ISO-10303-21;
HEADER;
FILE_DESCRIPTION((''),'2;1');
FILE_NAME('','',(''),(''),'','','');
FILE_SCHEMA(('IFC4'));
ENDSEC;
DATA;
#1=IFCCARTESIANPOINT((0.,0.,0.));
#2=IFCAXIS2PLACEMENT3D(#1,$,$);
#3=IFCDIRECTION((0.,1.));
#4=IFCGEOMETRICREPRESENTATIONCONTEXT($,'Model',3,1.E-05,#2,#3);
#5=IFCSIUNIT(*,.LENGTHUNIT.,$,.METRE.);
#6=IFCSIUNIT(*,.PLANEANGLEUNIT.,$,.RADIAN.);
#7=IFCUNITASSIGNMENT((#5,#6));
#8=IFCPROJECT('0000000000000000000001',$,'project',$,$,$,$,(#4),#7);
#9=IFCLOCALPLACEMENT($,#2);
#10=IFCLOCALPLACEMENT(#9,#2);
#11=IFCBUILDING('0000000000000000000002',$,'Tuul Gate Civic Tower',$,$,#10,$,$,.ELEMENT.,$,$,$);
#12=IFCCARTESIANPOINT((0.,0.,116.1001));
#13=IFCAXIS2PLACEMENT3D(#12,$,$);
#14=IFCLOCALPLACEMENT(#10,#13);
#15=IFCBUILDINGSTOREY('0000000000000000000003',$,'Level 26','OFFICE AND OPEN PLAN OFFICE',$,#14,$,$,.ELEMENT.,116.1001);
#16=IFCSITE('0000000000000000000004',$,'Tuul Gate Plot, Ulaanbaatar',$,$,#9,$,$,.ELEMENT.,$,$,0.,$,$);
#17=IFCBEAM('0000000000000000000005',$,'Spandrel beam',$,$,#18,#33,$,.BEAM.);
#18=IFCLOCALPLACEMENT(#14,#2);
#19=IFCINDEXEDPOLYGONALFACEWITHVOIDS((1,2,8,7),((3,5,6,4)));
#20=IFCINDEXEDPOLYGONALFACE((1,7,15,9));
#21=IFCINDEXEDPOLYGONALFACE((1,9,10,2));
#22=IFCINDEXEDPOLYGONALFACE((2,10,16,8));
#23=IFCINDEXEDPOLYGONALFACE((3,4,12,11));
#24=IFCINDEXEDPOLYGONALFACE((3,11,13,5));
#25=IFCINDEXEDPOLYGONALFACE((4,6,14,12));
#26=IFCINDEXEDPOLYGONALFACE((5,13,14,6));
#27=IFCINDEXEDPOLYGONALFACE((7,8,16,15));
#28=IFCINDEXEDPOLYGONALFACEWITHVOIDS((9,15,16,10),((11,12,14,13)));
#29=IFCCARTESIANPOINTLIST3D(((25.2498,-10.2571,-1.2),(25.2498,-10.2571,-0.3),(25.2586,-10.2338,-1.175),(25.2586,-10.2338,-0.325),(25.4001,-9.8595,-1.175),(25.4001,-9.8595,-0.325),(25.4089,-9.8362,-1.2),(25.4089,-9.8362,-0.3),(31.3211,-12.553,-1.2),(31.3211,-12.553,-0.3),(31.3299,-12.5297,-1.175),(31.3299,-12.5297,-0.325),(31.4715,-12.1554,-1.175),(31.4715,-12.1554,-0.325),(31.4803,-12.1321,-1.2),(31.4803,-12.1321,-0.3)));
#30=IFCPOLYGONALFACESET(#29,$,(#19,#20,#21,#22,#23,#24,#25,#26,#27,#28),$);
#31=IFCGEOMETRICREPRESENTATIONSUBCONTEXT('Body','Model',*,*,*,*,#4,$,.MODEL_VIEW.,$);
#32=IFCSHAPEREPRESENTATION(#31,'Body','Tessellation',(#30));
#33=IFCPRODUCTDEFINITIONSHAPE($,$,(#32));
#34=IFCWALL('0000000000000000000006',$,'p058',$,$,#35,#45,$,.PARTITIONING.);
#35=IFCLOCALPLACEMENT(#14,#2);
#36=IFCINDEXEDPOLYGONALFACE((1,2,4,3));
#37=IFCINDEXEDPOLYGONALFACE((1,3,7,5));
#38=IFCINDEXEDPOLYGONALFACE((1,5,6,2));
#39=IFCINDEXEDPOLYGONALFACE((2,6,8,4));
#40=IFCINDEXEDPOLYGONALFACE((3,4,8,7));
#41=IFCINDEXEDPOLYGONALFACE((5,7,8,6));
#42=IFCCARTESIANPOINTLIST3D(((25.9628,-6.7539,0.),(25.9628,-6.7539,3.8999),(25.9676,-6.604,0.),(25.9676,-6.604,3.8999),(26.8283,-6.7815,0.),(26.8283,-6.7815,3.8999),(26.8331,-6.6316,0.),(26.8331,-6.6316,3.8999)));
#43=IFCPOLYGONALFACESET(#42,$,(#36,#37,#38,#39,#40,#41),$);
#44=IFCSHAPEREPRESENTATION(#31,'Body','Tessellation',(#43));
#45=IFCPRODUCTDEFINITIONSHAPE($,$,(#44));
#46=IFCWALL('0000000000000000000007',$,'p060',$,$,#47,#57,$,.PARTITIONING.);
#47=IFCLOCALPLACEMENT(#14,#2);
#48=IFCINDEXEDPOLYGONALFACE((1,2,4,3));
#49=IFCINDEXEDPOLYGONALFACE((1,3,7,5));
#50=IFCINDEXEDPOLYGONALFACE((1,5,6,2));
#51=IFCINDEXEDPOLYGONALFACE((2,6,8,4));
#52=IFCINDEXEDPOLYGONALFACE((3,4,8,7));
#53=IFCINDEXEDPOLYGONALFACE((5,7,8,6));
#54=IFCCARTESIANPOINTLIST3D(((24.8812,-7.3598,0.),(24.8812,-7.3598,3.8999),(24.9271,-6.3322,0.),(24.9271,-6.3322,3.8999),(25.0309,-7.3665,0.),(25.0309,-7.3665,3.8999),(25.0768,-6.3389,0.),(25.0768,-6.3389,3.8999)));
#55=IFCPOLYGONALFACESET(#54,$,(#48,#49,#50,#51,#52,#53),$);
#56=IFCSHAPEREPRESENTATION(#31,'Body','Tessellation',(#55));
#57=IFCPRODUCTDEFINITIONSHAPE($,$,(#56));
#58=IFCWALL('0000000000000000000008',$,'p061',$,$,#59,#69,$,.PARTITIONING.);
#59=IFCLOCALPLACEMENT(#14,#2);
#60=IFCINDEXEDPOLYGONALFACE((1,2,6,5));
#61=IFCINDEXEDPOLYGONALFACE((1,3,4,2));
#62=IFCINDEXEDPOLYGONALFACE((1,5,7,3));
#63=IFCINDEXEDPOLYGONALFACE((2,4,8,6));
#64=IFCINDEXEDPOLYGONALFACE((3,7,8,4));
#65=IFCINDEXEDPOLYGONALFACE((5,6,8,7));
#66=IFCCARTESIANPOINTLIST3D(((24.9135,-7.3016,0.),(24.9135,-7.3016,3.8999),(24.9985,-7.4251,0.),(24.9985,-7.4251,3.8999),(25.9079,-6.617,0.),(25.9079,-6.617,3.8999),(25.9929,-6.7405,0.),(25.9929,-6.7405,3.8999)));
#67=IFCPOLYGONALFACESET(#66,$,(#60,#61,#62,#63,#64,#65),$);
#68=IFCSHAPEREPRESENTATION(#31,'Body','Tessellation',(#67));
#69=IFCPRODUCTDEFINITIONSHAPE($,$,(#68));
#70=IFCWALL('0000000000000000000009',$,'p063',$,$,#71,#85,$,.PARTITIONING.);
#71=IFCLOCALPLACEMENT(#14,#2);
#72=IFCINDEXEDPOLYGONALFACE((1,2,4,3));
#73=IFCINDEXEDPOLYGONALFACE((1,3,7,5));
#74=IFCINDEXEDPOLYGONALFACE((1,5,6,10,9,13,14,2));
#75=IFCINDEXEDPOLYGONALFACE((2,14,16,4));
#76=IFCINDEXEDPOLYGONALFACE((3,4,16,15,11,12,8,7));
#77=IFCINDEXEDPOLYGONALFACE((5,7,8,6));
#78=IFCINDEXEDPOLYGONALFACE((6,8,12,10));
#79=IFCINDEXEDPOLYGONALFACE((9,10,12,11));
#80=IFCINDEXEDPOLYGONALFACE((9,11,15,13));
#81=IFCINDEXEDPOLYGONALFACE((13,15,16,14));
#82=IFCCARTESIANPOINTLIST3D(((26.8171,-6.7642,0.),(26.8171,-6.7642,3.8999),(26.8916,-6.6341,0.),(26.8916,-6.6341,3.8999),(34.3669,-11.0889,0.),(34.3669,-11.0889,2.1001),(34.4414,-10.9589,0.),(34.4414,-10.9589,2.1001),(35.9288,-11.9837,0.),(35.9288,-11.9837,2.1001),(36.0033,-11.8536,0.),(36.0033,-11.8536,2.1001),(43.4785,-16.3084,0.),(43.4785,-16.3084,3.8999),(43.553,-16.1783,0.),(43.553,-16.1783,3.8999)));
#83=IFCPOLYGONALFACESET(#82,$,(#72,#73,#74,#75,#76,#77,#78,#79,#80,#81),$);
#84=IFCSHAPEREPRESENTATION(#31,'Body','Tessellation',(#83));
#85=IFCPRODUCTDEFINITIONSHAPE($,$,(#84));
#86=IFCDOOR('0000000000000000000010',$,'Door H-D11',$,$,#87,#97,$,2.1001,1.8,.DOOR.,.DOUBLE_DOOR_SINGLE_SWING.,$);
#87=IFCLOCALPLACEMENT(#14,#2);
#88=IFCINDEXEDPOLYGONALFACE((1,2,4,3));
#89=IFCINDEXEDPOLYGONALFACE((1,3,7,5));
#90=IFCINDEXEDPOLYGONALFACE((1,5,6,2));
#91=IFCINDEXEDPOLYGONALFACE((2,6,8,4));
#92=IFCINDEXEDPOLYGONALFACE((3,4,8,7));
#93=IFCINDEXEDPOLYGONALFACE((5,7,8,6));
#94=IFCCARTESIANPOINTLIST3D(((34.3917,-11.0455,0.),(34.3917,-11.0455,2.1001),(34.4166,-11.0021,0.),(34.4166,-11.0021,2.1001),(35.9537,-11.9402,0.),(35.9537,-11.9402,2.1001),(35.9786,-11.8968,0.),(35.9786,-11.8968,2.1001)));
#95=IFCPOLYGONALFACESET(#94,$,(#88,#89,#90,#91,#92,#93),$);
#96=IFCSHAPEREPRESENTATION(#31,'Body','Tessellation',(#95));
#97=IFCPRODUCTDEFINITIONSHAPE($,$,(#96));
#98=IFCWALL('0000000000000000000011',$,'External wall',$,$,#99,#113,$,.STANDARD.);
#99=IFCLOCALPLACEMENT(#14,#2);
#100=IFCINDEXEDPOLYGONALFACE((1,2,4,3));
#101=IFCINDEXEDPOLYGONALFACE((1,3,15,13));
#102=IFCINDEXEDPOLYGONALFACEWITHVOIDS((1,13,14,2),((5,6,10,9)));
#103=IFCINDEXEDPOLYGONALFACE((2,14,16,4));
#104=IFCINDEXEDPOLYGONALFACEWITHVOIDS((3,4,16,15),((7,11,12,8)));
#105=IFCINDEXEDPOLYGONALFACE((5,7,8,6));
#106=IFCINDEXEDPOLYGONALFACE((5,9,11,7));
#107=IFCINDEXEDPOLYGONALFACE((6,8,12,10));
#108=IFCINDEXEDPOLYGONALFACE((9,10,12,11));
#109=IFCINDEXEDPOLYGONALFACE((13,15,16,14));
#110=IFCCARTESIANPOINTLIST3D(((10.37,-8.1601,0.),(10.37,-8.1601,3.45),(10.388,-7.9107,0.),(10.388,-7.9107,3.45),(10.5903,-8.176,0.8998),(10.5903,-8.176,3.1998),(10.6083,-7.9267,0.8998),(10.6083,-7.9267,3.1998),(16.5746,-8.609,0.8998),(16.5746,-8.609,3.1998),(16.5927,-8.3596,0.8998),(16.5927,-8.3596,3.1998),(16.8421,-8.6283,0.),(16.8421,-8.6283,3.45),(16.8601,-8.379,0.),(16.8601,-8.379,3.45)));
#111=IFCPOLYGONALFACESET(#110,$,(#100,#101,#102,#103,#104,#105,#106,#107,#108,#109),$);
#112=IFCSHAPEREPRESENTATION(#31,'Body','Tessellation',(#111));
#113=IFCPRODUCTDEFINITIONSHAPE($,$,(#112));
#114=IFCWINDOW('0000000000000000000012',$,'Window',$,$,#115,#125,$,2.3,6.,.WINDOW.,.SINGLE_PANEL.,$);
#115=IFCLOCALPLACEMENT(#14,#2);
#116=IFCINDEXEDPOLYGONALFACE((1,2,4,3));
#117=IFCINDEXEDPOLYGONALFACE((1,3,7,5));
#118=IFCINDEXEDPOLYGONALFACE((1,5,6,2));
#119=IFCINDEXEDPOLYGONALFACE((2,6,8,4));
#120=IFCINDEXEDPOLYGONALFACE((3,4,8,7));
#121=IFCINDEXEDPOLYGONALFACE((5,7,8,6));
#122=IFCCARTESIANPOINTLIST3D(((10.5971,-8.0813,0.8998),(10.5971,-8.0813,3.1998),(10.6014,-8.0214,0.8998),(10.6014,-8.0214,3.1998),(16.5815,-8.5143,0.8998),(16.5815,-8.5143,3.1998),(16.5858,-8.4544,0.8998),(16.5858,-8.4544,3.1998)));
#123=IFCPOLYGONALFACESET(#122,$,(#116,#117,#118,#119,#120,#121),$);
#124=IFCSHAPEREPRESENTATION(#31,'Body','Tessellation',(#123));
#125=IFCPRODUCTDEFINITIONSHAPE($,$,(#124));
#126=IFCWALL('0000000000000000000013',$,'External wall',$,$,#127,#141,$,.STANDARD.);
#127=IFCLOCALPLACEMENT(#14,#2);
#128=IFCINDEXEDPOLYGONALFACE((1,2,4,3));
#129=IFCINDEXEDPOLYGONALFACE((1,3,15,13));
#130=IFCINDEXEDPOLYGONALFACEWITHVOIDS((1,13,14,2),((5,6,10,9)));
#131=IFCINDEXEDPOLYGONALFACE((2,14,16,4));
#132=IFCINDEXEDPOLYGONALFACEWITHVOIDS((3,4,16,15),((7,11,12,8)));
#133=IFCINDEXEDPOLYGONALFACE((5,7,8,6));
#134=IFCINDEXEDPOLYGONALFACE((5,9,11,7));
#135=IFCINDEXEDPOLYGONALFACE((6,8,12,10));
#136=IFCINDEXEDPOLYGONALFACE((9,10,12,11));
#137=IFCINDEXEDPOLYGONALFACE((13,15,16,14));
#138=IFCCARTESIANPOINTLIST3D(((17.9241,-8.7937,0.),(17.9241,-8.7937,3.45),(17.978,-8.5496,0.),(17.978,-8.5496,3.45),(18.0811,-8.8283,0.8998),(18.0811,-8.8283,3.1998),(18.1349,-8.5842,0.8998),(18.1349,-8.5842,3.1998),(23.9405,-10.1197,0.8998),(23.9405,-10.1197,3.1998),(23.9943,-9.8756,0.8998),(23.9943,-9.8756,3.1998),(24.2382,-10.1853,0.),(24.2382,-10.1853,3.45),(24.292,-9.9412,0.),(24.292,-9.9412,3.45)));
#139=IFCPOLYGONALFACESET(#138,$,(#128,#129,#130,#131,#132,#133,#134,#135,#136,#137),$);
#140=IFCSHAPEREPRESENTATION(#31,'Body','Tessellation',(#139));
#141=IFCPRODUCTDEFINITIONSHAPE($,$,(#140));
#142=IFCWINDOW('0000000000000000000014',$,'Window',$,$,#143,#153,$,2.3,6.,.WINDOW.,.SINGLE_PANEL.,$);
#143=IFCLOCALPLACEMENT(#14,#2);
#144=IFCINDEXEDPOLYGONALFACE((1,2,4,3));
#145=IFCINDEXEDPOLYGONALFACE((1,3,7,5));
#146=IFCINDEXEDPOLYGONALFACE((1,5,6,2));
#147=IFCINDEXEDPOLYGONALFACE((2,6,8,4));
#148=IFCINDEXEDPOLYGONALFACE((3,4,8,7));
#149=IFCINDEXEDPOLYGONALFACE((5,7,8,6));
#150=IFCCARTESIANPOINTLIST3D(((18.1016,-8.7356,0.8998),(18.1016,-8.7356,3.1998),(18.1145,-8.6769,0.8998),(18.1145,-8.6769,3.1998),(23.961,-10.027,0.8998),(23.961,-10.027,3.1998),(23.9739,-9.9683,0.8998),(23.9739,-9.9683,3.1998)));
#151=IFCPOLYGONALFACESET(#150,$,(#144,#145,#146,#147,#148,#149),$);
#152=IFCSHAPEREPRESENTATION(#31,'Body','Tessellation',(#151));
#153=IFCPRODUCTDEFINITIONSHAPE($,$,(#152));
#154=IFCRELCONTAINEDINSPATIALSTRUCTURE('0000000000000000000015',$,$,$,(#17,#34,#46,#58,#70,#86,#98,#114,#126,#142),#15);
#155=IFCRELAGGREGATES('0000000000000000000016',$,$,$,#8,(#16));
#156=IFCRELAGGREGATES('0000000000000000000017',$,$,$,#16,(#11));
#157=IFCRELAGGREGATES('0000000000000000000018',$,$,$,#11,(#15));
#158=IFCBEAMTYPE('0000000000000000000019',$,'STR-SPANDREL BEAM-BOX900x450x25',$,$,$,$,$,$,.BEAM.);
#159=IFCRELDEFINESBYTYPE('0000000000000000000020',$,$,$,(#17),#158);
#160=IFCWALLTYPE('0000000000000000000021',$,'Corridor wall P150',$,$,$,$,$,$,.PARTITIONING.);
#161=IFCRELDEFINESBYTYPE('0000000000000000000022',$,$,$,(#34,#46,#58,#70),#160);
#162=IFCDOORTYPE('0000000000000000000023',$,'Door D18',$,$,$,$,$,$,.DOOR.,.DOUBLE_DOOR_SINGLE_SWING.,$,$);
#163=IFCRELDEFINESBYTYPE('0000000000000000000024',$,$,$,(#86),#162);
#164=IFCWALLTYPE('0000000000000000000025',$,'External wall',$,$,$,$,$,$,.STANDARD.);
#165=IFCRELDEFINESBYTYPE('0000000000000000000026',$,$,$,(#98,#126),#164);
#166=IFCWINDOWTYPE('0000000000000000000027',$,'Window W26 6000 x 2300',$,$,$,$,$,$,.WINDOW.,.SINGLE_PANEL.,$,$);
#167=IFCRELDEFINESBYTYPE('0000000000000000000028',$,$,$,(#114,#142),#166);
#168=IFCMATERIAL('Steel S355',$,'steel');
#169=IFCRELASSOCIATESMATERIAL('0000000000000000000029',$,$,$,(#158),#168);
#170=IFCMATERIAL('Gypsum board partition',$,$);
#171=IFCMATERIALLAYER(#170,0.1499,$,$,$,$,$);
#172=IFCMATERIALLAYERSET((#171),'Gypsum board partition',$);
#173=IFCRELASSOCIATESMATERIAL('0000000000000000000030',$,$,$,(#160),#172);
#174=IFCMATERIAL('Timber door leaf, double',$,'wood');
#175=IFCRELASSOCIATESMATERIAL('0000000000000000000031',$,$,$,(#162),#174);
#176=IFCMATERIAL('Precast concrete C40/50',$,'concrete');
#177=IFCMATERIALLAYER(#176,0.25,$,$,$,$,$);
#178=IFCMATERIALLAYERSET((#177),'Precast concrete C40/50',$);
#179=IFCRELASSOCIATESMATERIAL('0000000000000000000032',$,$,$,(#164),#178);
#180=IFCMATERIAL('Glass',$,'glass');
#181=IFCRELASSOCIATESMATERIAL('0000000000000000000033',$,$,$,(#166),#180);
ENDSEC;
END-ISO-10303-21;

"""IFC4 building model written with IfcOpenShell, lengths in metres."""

from ifc_helpers import new_model, si_unit, direction, frame, frame_2d, origin, origin_2d, place, context, subcontext, project, spatial, rectangle, hollow_rectangle, extrude, material, layer, layer_set, material_profile, profile_set, type_object, element, fill, save


model = new_model("IFC4")

# Units and contexts
model_context = context("Model", 3, precision=1e-05, world=origin(), true_north=direction((0.0, 1.0)))
body_context = subcontext(model_context, "Body", "Model", "MODEL_VIEW")
ifc_project = project(units=[si_unit("LENGTHUNIT", "METRE"), si_unit("PLANEANGLEUNIT", "RADIAN")], contexts=[model_context])

# Site, building, storey
site_placement = place(None, origin())
site = spatial("IfcSite", under=ifc_project, at=site_placement, Name="Tuul Gate Plot, Ulaanbaatar", CompositionType="ELEMENT", RefElevation=0.0)
building_placement = place(site_placement, origin())
building = spatial("IfcBuilding", under=site, at=building_placement, Name="Tuul Gate Civic Tower", CompositionType="ELEMENT")
storey_placement = place(building_placement, frame((0.0, 0.0, 116.1001)))
storey = spatial("IfcBuildingStorey", under=building, at=storey_placement, Name="Level 26", Description="OFFICE AND OPEN PLAN OFFICE", CompositionType="ELEMENT", Elevation=116.1001)

# Beam
ifc_material_1 = material(Name="Steel S355", Category="steel")
ifc_material_profile_1 = material_profile(ifc_material_1, hollow_rectangle(XDim=0.45, YDim=0.8999, WallThickness=0.0249, at=origin_2d()), Name="BOX900x450x25")
ifc_profile_set_1 = profile_set([ifc_material_profile_1], Name="Steel S355")
beam_type_1 = type_object("IfcBeamType", Name="STR-SPANDREL BEAM-BOX900x450x25", PredefinedType="BEAM", material=ifc_profile_set_1)
beam_1_placement = place(storey_placement, frame((25.3293, -10.0466, -0.75), z_axis=(0.935355, -0.353711, 0.0), x_axis=(0.353711, 0.935355, 0.0)))
element("IfcBeam", 1, at=beam_1_placement, inside=storey, type_object=beam_type_1, Name="Spandrel beam", PredefinedType="BEAM", context=body_context, shape_type="SweptSolid", body=[
    extrude(hollow_rectangle(XDim=0.45, YDim=0.8999, WallThickness=0.0249, at=origin_2d()), origin(), (0.0, 0.0, 1.0), 6.491),
])

# Walls
ifc_material_2 = material(Name="Gypsum board partition")
ifc_layer_1 = layer(ifc_material_2, 0.1499)
ifc_layer_set_1 = layer_set([ifc_layer_1], Name="Gypsum board partition")
wall_type_1 = type_object("IfcWallType", Name="Corridor wall P150", PredefinedType="PARTITIONING", material=ifc_layer_set_1)
wall_1_placement = place(storey_placement, frame((25.9651, -6.679, 0.0), z_axis=(0.0, 0.0, 1.0), x_axis=(0.999492, -0.03186, 0.0)))
element("IfcWall", 2, at=wall_1_placement, inside=storey, type_object=wall_type_1, Name="p058", PredefinedType="PARTITIONING", context=body_context, shape_type="SweptSolid", body=[
    extrude(rectangle(XDim=0.866, YDim=0.1499, at=frame_2d((0.4331, 0.0))), origin(), (0.0, 0.0, 1.0), 3.8999),
])
wall_2_placement = place(storey_placement, frame((25.002, -6.3357, 0.0), z_axis=(0.0, 0.0, 1.0), x_axis=(-0.044622, -0.999004, 0.0)))
element("IfcWall", 3, at=wall_2_placement, inside=storey, type_object=wall_type_1, Name="p060", PredefinedType="PARTITIONING", context=body_context, shape_type="SweptSolid", body=[
    extrude(rectangle(XDim=1.0286, YDim=0.1499, at=frame_2d((0.5142, 0.0))), origin(), (0.0, 0.0, 1.0), 3.8999),
])
wall_3_placement = place(storey_placement, frame((24.9561, -7.3633, 0.0), z_axis=(0.0, 0.0, 1.0), x_axis=(0.823682, 0.567052, 0.0)))
element("IfcWall", 4, at=wall_3_placement, inside=storey, type_object=wall_type_1, Name="p061", PredefinedType="PARTITIONING", context=body_context, shape_type="SweptSolid", body=[
    extrude(rectangle(XDim=1.2073, YDim=0.1499, at=frame_2d((0.6035, 0.0))), origin(), (0.0, 0.0, 1.0), 3.8999),
])

# Wall, opening, door
wall_4_placement = place(storey_placement, frame((26.8545, -6.6992, 0.0), z_axis=(0.0, 0.0, 1.0), x_axis=(0.867718, -0.497057, 0.0)))
wall_4 = element("IfcWall", 5, at=wall_4_placement, inside=storey, type_object=wall_type_1, Name="p063", PredefinedType="PARTITIONING", context=body_context, shape_type="SweptSolid", body=[
    extrude(rectangle(XDim=19.2014, YDim=0.1499, at=frame_2d((9.6006, 0.0))), origin(), (0.0, 0.0, 1.0), 3.8999),
])
opening_1_placement = place(wall_4_placement, frame((8.7007, 0.0, 0.0)))
opening_1 = element("IfcOpeningElement", 6, at=opening_1_placement, cuts=wall_4, PredefinedType="OPENING", context=body_context, shape_type="SweptSolid", body=[
    extrude(rectangle(XDim=1.8, YDim=2.1001, at=frame_2d((0.8999, 1.05))), frame((0.0, 0.085, 0.0), z_axis=(0.0, -1.0, 0.0), x_axis=(1.0, 0.0, 0.0)), (0.0, 0.0, 1.0), 0.1699),
])
ifc_material_3 = material(Name="Timber door leaf, double", Category="wood")
door_type = type_object("IfcDoorType", Name="Door D18", OperationType="DOUBLE_DOOR_SINGLE_SWING", PredefinedType="DOOR", material=ifc_material_3)
door_placement = place(opening_1_placement, frame((1.8, 0.0, 0.0), z_axis=(0.0, 0.0, 1.0), x_axis=(-1.0, 0.0, 0.0)))
door = element("IfcDoor", 7, at=door_placement, inside=storey, type_object=door_type, Name="Door H-D11", OperationType="DOUBLE_DOOR_SINGLE_SWING", OverallHeight=2.1001, OverallWidth=1.8, PredefinedType="DOOR", context=body_context, shape_type="SweptSolid", body=[
    extrude(rectangle(XDim=1.8, YDim=2.1001, at=frame_2d((0.9001, 1.05))), frame((0.0, 0.0249, 0.0), z_axis=(0.0, -1.0, 0.0), x_axis=(1.0, 0.0, 0.0)), (0.0, 0.0, 1.0), 0.05),
])
fill(opening_1, door)

# Walls, openings, windows
ifc_material_4 = material(Name="Precast concrete C40/50", Category="concrete")
ifc_layer_2 = layer(ifc_material_4, 0.25)
ifc_layer_set_2 = layer_set([ifc_layer_2], Name="Precast concrete C40/50")
wall_type_2 = type_object("IfcWallType", Name="External wall", PredefinedType="STANDARD", material=ifc_layer_set_2)
wall_5_placement = place(storey_placement, frame((10.3789, -8.0354, 0.0), z_axis=(0.0, 0.0, 1.0), x_axis=(0.997393, -0.072161, 0.0)))
wall_5 = element("IfcWall", 8, at=wall_5_placement, inside=storey, type_object=wall_type_2, Name="External wall", PredefinedType="STANDARD", context=body_context, shape_type="SweptSolid", body=[
    extrude(rectangle(XDim=6.489, YDim=0.25, at=frame_2d((3.2446, 0.0))), origin(), (0.0, 0.0, 1.0), 3.45),
])
opening_2_placement = place(wall_5_placement, frame((0.2209, 0.0, 0.8999)))
opening_2 = element("IfcOpeningElement", 9, at=opening_2_placement, cuts=wall_5, PredefinedType="OPENING", context=body_context, shape_type="SweptSolid", body=[
    extrude(rectangle(XDim=6.0, YDim=2.3, at=frame_2d((3.0, 1.1499))), frame((0.0, 0.135, 0.0), z_axis=(0.0, -1.0, 0.0), x_axis=(1.0, 0.0, 0.0)), (0.0, 0.0, 1.0), 0.27),
])
ifc_material_5 = material(Name="Glass", Category="glass")
window_type = type_object("IfcWindowType", Name="Window W26 6000 x 2300", PartitioningType="SINGLE_PANEL", PredefinedType="WINDOW", material=ifc_material_5)
window_1_placement = place(opening_2_placement, origin())
window_1 = element("IfcWindow", 10, at=window_1_placement, inside=storey, type_object=window_type, Name="Window", OverallHeight=2.3, OverallWidth=6.0, PartitioningType="SINGLE_PANEL", PredefinedType="WINDOW", context=body_context, shape_type="SweptSolid", body=[
    extrude(rectangle(XDim=6.0, YDim=2.3, at=frame_2d((3.0, 1.1499))), frame((0.0, 0.03, 0.0), z_axis=(0.0, -1.0, 0.0), x_axis=(1.0, 0.0, 0.0)), (0.0, 0.0, 1.0), 0.0601),
])
fill(opening_2, window_1)
wall_6_placement = place(storey_placement, frame((17.9509, -8.6716, 0.0), z_axis=(0.0, 0.0, 1.0), x_axis=(0.976562, -0.215235, 0.0)))
wall_6 = element("IfcWall", 11, at=wall_6_placement, inside=storey, type_object=wall_type_2, Name="External wall", PredefinedType="STANDARD", context=body_context, shape_type="SweptSolid", body=[
    extrude(rectangle(XDim=6.4656, YDim=0.25, at=frame_2d((3.2329, 0.0))), origin(), (0.0, 0.0, 1.0), 3.45),
])
opening_3_placement = place(wall_6_placement, frame((0.1609, 0.0, 0.8999)))
opening_3 = element("IfcOpeningElement", 12, at=opening_3_placement, cuts=wall_6, PredefinedType="OPENING", context=body_context, shape_type="SweptSolid", body=[
    extrude(rectangle(XDim=6.0, YDim=2.3, at=frame_2d((3.0, 1.1499))), frame((0.0, 0.135, 0.0), z_axis=(0.0, -1.0, 0.0), x_axis=(1.0, 0.0, 0.0)), (0.0, 0.0, 1.0), 0.27),
])
window_2_placement = place(opening_3_placement, origin())
window_2 = element("IfcWindow", 13, at=window_2_placement, inside=storey, type_object=window_type, Name="Window", OverallHeight=2.3, OverallWidth=6.0, PartitioningType="SINGLE_PANEL", PredefinedType="WINDOW", context=body_context, shape_type="SweptSolid", body=[
    extrude(rectangle(XDim=6.0, YDim=2.3, at=frame_2d((3.0, 1.1499))), frame((0.0, 0.03, 0.0), z_axis=(0.0, -1.0, 0.0), x_axis=(1.0, 0.0, 0.0)), (0.0, 0.0, 1.0), 0.0601),
])
fill(opening_3, window_2)

save(model, "model.ifc")
